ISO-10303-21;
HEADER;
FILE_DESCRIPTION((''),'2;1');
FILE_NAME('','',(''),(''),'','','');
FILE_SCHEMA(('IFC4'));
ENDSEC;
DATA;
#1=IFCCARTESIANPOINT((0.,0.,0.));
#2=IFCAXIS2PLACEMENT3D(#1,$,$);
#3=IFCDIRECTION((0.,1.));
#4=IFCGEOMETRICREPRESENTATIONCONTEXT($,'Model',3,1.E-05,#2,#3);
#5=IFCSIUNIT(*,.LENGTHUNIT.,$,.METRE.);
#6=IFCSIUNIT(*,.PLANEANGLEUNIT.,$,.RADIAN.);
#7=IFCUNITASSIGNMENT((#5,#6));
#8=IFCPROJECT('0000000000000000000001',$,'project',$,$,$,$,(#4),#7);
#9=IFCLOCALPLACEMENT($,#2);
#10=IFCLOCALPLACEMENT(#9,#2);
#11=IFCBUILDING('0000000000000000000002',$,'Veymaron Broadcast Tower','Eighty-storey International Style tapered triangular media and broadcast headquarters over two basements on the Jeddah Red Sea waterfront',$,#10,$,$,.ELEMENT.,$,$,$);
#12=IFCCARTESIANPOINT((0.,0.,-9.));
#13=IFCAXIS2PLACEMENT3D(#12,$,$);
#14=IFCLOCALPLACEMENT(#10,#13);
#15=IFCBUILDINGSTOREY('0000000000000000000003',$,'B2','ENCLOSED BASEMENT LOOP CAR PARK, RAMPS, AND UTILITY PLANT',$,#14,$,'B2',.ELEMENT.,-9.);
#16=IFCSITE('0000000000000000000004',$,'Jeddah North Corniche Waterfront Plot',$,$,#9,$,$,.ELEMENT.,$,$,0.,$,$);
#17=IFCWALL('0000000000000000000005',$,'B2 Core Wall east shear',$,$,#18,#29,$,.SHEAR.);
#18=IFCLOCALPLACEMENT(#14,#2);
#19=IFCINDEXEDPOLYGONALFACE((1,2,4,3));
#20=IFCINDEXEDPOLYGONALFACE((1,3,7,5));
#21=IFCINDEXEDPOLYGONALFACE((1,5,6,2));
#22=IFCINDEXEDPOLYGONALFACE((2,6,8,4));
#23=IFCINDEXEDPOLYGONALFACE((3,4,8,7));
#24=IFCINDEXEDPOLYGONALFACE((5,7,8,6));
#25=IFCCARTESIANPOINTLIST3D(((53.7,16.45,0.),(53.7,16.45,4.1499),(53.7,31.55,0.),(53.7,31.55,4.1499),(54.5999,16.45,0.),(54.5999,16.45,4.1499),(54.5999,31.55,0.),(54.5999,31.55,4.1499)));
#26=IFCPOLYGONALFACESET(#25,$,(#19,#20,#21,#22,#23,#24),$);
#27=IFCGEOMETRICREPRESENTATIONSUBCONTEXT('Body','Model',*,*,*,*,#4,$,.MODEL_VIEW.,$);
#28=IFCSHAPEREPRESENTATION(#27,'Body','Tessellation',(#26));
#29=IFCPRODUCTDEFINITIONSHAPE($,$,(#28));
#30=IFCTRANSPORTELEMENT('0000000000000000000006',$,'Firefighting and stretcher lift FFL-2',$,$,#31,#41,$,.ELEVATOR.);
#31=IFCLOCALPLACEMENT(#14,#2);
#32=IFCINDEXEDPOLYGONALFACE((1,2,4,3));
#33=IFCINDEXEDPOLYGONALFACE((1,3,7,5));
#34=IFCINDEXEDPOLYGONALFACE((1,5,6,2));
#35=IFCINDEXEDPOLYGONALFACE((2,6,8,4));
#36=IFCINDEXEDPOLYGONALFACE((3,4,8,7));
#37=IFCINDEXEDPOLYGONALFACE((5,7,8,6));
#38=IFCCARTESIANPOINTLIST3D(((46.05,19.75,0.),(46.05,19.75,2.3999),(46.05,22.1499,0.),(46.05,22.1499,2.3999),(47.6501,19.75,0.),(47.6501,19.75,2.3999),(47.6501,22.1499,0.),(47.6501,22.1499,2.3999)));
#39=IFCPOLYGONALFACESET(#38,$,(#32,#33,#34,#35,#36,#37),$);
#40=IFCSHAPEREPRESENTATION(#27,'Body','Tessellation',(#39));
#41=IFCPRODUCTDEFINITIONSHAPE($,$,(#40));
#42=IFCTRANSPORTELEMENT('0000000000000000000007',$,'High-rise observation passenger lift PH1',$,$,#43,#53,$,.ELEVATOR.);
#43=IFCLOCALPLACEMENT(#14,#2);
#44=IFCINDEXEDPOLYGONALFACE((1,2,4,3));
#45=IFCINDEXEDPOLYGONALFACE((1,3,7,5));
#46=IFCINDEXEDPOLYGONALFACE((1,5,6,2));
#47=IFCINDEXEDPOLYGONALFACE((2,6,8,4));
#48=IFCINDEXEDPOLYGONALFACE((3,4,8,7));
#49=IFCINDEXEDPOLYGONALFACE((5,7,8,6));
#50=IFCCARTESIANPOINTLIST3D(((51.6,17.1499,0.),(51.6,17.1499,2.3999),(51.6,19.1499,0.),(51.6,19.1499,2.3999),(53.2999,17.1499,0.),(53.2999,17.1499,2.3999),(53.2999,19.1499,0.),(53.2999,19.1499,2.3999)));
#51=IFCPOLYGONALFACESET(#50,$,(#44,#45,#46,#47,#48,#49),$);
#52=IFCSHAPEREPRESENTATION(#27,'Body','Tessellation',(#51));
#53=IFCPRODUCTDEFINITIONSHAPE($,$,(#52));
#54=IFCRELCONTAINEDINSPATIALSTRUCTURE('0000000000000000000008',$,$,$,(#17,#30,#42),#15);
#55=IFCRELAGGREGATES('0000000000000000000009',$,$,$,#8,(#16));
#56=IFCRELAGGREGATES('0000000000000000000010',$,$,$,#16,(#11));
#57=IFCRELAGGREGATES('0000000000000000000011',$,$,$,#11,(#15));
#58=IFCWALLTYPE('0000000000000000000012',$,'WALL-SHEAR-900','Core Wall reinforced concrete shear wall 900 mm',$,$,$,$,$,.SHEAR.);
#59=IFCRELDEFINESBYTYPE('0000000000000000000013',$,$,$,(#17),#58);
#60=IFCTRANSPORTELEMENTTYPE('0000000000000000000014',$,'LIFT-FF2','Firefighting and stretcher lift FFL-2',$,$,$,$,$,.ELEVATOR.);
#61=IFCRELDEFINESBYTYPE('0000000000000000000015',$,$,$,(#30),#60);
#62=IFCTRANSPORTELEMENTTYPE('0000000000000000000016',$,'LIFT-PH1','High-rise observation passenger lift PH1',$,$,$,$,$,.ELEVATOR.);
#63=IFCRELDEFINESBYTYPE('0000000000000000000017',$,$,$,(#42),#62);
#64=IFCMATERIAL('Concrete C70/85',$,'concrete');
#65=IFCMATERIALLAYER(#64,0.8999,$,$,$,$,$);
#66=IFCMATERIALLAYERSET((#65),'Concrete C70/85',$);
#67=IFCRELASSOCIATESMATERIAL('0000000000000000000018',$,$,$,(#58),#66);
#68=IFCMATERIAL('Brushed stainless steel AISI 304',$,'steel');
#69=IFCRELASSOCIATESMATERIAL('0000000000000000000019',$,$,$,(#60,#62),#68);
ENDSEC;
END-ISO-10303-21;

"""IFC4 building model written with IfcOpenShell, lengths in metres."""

from ifc_helpers import new_model, si_unit, direction, frame, frame_2d, origin, origin_2d, place, context, subcontext, project, spatial, rectangle, extrude, material, layer, layer_set, type_object, element, save


model = new_model("IFC4")

# Units and contexts
model_context = context("Model", 3, precision=1e-05, world=origin(), true_north=direction((0.0, 1.0)))
body_context = subcontext(model_context, "Body", "Model", "MODEL_VIEW")
ifc_project = project(units=[si_unit("LENGTHUNIT", "METRE"), si_unit("PLANEANGLEUNIT", "RADIAN")], contexts=[model_context])

# Site, building, storey
site_placement = place(None, origin())
site = spatial("IfcSite", under=ifc_project, at=site_placement, Name="Jeddah North Corniche Waterfront Plot", CompositionType="ELEMENT", RefElevation=0.0)
building_placement = place(site_placement, origin())
building = spatial("IfcBuilding", under=site, at=building_placement, Name="Veymaron Broadcast Tower", Description="Eighty-storey International Style tapered triangular media and broadcast headquarters over two basements on the Jeddah Red Sea waterfront", CompositionType="ELEMENT")
storey_placement = place(building_placement, frame((0.0, 0.0, -9.0)))
storey = spatial("IfcBuildingStorey", under=building, at=storey_placement, Name="B2", Description="ENCLOSED BASEMENT LOOP CAR PARK, RAMPS, AND UTILITY PLANT", LongName="B2", CompositionType="ELEMENT", Elevation=-9.0)

# Shared definitions
ifc_material_1 = material(Name="Concrete C70/85", Category="concrete")

# Shared definitions
ifc_material_2 = material(Name="Brushed stainless steel AISI 304", Category="steel")

# Wall
ifc_layer_1 = layer(ifc_material_1, 0.8999)
ifc_layer_set_1 = layer_set([ifc_layer_1], Name="Concrete C70/85")
wall_type_1 = type_object("IfcWallType", Name="WALL-SHEAR-900", Description="Core Wall reinforced concrete shear wall 900 mm", PredefinedType="SHEAR", material=ifc_layer_set_1)
wall_1_placement = place(storey_placement, frame((54.1499, 16.45, 0.0), z_axis=(0.0, 0.0, 1.0), x_axis=(0.0, 1.0, 0.0)))
element("IfcWall", 1, at=wall_1_placement, inside=storey, type_object=wall_type_1, Name="B2 Core Wall east shear", PredefinedType="SHEAR", context=body_context, shape_type="SweptSolid", body=[
    extrude(rectangle(XDim=15.1001, YDim=0.8999, at=frame_2d((7.55, 0.0))), origin(), (0.0, 0.0, 1.0), 4.1499),
])

# Transport elements
transport_element_type_1 = type_object("IfcTransportElementType", Name="LIFT-FF2", Description="Firefighting and stretcher lift FFL-2", PredefinedType="ELEVATOR", material=ifc_material_2)
transport_element_1_placement = place(storey_placement, frame((46.8501, 20.95, 0.0), z_axis=(0.0, 0.0, 1.0), x_axis=(1.0, 0.0, 0.0)))
element("IfcTransportElement", 2, at=transport_element_1_placement, inside=storey, type_object=transport_element_type_1, Name="Firefighting and stretcher lift FFL-2", PredefinedType="ELEVATOR", context=body_context, shape_type="SweptSolid", body=[
    extrude(rectangle(XDim=1.6001, YDim=2.3999, at=origin_2d()), origin(), (0.0, 0.0, 1.0), 2.3999),
])
transport_element_type_2 = type_object("IfcTransportElementType", Name="LIFT-PH1", Description="High-rise observation passenger lift PH1", PredefinedType="ELEVATOR", material=ifc_material_2)
transport_element_2_placement = place(storey_placement, frame((52.45, 18.1499, 0.0), z_axis=(0.0, 0.0, 1.0), x_axis=(1.0, 0.0, 0.0)))
element("IfcTransportElement", 3, at=transport_element_2_placement, inside=storey, type_object=transport_element_type_2, Name="High-rise observation passenger lift PH1", PredefinedType="ELEVATOR", context=body_context, shape_type="SweptSolid", body=[
    extrude(rectangle(XDim=1.7, YDim=2.0, at=origin_2d()), origin(), (0.0, 0.0, 1.0), 2.3999),
])

save(model, "model.ifc")
